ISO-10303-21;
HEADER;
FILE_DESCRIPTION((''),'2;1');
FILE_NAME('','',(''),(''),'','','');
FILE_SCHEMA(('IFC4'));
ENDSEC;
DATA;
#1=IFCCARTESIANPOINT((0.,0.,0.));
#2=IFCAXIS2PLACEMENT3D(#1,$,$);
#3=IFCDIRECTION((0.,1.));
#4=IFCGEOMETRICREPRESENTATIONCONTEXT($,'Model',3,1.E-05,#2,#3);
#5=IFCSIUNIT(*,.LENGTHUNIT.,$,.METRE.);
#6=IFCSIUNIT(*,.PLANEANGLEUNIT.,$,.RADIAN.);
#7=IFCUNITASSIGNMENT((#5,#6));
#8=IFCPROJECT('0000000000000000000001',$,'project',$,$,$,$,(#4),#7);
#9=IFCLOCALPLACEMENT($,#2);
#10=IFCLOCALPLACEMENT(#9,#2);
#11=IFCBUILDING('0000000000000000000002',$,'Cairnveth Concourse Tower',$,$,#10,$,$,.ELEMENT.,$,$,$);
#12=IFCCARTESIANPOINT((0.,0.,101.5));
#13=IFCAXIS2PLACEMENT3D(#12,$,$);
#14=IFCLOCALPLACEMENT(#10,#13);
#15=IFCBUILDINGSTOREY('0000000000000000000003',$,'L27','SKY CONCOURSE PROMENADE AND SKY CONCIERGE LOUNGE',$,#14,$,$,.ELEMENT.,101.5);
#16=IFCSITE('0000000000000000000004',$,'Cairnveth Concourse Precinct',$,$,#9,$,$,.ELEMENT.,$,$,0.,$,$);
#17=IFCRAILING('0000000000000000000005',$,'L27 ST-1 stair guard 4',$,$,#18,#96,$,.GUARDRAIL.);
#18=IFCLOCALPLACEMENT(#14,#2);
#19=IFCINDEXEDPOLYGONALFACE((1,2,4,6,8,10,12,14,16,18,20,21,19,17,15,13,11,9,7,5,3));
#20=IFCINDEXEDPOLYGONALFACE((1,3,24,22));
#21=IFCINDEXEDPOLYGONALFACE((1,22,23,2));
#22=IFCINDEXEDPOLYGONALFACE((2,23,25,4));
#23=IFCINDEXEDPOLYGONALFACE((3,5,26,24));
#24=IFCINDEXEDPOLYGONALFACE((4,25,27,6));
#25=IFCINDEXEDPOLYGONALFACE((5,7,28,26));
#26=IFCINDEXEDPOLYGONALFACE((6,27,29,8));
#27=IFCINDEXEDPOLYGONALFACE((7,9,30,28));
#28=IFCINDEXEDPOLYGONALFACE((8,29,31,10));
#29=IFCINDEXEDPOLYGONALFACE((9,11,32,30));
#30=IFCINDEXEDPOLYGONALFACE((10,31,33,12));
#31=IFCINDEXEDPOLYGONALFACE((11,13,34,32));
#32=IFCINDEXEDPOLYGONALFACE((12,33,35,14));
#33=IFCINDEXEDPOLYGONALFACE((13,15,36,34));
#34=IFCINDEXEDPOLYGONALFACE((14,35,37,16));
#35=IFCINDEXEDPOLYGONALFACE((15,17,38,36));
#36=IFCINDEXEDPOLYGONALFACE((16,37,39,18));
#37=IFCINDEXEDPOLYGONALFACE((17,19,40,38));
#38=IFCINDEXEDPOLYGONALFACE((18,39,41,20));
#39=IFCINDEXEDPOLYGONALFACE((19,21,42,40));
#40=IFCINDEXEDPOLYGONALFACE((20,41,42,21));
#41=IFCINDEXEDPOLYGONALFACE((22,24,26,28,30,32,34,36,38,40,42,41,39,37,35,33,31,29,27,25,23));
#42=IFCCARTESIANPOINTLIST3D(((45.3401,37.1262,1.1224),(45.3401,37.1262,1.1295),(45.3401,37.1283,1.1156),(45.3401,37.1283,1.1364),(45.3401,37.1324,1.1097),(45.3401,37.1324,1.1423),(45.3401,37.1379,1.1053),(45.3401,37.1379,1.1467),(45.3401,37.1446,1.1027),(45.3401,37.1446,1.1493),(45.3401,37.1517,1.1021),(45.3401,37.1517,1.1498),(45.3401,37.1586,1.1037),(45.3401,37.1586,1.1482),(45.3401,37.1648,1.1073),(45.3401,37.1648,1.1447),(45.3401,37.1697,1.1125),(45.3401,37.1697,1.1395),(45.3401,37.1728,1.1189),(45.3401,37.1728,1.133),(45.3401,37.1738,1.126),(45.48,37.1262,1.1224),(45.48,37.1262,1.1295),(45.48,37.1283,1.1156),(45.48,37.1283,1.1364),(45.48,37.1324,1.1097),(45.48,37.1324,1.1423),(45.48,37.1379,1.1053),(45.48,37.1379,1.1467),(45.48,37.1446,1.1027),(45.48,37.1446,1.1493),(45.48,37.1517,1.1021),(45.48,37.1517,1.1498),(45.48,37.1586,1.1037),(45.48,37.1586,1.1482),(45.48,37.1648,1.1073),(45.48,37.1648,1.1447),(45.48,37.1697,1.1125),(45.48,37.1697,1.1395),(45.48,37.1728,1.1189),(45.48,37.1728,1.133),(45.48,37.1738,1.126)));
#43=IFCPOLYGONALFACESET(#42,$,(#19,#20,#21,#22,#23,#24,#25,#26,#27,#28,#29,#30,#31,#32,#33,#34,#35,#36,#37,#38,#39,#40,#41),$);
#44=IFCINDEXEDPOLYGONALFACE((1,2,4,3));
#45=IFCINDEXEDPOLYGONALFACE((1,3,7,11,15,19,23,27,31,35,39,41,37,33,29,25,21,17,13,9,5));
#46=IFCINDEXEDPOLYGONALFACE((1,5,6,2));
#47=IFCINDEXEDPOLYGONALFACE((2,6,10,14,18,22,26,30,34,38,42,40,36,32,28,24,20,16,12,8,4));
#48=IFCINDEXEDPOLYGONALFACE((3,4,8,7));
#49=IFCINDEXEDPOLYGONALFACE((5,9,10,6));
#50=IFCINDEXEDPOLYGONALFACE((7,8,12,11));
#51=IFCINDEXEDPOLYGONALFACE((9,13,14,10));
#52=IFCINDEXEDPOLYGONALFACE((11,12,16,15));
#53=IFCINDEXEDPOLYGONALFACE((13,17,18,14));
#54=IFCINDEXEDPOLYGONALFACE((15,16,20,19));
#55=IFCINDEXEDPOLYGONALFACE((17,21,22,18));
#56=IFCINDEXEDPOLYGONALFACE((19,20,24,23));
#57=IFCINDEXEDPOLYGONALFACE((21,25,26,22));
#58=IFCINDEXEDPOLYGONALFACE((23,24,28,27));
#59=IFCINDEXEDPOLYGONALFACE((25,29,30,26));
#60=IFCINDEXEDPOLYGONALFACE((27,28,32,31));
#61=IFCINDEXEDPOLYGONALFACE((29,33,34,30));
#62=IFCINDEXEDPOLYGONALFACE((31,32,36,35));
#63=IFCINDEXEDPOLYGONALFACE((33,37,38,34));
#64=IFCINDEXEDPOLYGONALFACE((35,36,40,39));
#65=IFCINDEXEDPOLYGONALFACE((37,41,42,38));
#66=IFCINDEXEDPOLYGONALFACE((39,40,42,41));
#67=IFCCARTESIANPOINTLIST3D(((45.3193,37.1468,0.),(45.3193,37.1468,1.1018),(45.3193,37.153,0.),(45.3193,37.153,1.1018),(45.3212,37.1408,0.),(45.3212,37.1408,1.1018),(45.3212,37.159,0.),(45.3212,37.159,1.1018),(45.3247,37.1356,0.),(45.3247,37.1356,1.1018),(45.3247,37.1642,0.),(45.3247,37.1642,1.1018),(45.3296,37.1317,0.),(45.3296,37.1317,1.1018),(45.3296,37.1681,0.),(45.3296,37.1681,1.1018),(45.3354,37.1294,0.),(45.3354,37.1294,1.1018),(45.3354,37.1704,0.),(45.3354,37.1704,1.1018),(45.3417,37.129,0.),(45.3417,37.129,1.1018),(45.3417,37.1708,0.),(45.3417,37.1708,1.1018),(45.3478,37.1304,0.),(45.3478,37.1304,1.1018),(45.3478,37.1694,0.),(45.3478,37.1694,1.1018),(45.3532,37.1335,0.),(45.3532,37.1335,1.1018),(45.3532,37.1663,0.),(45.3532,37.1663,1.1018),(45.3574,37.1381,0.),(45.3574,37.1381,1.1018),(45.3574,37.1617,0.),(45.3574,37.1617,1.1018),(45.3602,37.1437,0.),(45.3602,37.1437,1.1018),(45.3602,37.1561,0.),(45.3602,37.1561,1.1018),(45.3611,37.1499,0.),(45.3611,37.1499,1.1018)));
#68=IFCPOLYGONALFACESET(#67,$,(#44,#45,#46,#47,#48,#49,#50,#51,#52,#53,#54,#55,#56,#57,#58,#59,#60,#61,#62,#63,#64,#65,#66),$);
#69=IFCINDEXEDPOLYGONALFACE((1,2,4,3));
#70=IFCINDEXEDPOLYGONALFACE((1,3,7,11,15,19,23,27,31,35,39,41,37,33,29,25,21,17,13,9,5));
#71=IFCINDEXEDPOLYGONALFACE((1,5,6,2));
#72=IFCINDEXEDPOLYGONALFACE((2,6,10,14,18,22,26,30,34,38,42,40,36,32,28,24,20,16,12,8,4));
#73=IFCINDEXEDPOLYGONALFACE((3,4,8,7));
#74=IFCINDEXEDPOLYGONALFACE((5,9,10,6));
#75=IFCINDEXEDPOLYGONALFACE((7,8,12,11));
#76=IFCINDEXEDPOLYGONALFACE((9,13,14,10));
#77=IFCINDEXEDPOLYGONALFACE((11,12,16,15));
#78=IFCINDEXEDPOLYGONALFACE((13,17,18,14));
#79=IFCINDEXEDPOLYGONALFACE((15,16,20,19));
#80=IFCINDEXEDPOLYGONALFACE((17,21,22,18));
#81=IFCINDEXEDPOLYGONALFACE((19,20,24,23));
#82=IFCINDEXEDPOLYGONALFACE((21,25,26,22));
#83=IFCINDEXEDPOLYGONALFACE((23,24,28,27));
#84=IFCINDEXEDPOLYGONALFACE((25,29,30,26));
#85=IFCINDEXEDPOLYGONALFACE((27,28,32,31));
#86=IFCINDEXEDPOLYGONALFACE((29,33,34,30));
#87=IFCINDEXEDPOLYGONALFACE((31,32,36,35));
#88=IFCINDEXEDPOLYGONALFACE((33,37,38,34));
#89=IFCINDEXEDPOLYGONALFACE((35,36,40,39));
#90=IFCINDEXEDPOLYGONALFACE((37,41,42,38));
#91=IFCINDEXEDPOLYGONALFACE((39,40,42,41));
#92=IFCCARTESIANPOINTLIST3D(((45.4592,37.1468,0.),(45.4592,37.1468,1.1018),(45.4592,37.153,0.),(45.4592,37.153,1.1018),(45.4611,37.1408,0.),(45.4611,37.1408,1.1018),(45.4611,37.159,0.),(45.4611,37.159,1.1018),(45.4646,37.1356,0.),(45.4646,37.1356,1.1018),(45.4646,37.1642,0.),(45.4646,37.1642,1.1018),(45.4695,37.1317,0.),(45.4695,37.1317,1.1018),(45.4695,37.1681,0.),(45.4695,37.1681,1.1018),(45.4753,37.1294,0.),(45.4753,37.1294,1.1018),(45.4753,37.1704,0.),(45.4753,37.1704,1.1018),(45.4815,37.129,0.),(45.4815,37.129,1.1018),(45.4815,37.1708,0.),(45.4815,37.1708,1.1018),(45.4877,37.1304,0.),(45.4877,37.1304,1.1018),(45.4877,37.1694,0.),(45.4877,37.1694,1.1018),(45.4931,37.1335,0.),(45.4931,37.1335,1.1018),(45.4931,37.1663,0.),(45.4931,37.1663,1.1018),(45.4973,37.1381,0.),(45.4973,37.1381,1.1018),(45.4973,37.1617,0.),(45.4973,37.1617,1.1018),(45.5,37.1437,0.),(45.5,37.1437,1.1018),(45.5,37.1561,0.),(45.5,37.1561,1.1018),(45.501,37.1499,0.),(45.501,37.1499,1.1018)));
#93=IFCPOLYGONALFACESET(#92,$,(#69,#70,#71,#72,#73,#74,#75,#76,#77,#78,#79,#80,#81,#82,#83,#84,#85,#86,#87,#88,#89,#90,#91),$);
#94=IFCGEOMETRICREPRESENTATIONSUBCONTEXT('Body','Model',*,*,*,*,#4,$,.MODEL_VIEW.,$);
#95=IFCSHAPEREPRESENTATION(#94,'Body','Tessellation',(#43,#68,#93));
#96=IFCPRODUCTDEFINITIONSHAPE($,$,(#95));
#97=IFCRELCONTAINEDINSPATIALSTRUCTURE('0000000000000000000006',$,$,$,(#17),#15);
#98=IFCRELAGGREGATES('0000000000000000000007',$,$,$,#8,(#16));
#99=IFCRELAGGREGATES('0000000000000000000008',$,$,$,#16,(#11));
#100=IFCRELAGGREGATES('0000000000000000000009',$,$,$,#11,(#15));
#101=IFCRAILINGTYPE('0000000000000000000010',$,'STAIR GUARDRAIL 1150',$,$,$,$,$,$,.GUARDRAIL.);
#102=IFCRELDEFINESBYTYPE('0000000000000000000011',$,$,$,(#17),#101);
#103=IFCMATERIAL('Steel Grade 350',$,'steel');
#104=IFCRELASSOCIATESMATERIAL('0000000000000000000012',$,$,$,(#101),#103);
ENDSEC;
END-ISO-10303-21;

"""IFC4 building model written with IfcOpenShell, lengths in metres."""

from ifc_helpers import new_model, si_unit, direction, frame, origin, origin_2d, place, context, subcontext, project, spatial, circle, extrude, material, type_object, element, save


model = new_model("IFC4")

# Units and contexts
model_context = context("Model", 3, precision=1e-05, world=origin(), true_north=direction((0.0, 1.0)))
body_context = subcontext(model_context, "Body", "Model", "MODEL_VIEW")
ifc_project = project(units=[si_unit("LENGTHUNIT", "METRE"), si_unit("PLANEANGLEUNIT", "RADIAN")], contexts=[model_context])

# Site, building, storey
site_placement = place(None, origin())
site = spatial("IfcSite", under=ifc_project, at=site_placement, Name="Cairnveth Concourse Precinct", CompositionType="ELEMENT", RefElevation=0.0)
building_placement = place(site_placement, origin())
building = spatial("IfcBuilding", under=site, at=building_placement, Name="Cairnveth Concourse Tower", CompositionType="ELEMENT")
storey_placement = place(building_placement, frame((0.0, 0.0, 101.5)))
storey = spatial("IfcBuildingStorey", under=building, at=storey_placement, Name="L27", Description="SKY CONCOURSE PROMENADE AND SKY CONCIERGE LOUNGE", CompositionType="ELEMENT", Elevation=101.5)

# Shared definitions
ifc_material_1 = material(Name="Steel Grade 350", Category="steel")

# Railing
railing_type_1 = type_object("IfcRailingType", Name="STAIR GUARDRAIL 1150", PredefinedType="GUARDRAIL", material=ifc_material_1)
railing_1_placement = place(storey_placement, frame((45.3401, 37.1499, 0.0)))
element("IfcRailing", 1, at=railing_1_placement, inside=storey, type_object=railing_type_1, Name="L27 ST-1 stair guard 4", PredefinedType="GUARDRAIL", context=body_context, shape_type="SweptSolid", body=[
    extrude(circle(Radius=0.0239, at=origin_2d()), frame((0.0, 0.0, 1.126), z_axis=(1.0, 0.0, 0.0), x_axis=(0.0, 1.0, 0.0)), (0.0, 0.0, 1.0), 0.1399),
    extrude(circle(Radius=0.021, at=origin_2d()), origin(), (0.0, 0.0, 1.0), 1.1018),
    extrude(circle(Radius=0.021, at=origin_2d()), frame((0.1399, 0.0, 0.0)), (0.0, 0.0, 1.0), 1.1018),
])

save(model, "model.ifc")
